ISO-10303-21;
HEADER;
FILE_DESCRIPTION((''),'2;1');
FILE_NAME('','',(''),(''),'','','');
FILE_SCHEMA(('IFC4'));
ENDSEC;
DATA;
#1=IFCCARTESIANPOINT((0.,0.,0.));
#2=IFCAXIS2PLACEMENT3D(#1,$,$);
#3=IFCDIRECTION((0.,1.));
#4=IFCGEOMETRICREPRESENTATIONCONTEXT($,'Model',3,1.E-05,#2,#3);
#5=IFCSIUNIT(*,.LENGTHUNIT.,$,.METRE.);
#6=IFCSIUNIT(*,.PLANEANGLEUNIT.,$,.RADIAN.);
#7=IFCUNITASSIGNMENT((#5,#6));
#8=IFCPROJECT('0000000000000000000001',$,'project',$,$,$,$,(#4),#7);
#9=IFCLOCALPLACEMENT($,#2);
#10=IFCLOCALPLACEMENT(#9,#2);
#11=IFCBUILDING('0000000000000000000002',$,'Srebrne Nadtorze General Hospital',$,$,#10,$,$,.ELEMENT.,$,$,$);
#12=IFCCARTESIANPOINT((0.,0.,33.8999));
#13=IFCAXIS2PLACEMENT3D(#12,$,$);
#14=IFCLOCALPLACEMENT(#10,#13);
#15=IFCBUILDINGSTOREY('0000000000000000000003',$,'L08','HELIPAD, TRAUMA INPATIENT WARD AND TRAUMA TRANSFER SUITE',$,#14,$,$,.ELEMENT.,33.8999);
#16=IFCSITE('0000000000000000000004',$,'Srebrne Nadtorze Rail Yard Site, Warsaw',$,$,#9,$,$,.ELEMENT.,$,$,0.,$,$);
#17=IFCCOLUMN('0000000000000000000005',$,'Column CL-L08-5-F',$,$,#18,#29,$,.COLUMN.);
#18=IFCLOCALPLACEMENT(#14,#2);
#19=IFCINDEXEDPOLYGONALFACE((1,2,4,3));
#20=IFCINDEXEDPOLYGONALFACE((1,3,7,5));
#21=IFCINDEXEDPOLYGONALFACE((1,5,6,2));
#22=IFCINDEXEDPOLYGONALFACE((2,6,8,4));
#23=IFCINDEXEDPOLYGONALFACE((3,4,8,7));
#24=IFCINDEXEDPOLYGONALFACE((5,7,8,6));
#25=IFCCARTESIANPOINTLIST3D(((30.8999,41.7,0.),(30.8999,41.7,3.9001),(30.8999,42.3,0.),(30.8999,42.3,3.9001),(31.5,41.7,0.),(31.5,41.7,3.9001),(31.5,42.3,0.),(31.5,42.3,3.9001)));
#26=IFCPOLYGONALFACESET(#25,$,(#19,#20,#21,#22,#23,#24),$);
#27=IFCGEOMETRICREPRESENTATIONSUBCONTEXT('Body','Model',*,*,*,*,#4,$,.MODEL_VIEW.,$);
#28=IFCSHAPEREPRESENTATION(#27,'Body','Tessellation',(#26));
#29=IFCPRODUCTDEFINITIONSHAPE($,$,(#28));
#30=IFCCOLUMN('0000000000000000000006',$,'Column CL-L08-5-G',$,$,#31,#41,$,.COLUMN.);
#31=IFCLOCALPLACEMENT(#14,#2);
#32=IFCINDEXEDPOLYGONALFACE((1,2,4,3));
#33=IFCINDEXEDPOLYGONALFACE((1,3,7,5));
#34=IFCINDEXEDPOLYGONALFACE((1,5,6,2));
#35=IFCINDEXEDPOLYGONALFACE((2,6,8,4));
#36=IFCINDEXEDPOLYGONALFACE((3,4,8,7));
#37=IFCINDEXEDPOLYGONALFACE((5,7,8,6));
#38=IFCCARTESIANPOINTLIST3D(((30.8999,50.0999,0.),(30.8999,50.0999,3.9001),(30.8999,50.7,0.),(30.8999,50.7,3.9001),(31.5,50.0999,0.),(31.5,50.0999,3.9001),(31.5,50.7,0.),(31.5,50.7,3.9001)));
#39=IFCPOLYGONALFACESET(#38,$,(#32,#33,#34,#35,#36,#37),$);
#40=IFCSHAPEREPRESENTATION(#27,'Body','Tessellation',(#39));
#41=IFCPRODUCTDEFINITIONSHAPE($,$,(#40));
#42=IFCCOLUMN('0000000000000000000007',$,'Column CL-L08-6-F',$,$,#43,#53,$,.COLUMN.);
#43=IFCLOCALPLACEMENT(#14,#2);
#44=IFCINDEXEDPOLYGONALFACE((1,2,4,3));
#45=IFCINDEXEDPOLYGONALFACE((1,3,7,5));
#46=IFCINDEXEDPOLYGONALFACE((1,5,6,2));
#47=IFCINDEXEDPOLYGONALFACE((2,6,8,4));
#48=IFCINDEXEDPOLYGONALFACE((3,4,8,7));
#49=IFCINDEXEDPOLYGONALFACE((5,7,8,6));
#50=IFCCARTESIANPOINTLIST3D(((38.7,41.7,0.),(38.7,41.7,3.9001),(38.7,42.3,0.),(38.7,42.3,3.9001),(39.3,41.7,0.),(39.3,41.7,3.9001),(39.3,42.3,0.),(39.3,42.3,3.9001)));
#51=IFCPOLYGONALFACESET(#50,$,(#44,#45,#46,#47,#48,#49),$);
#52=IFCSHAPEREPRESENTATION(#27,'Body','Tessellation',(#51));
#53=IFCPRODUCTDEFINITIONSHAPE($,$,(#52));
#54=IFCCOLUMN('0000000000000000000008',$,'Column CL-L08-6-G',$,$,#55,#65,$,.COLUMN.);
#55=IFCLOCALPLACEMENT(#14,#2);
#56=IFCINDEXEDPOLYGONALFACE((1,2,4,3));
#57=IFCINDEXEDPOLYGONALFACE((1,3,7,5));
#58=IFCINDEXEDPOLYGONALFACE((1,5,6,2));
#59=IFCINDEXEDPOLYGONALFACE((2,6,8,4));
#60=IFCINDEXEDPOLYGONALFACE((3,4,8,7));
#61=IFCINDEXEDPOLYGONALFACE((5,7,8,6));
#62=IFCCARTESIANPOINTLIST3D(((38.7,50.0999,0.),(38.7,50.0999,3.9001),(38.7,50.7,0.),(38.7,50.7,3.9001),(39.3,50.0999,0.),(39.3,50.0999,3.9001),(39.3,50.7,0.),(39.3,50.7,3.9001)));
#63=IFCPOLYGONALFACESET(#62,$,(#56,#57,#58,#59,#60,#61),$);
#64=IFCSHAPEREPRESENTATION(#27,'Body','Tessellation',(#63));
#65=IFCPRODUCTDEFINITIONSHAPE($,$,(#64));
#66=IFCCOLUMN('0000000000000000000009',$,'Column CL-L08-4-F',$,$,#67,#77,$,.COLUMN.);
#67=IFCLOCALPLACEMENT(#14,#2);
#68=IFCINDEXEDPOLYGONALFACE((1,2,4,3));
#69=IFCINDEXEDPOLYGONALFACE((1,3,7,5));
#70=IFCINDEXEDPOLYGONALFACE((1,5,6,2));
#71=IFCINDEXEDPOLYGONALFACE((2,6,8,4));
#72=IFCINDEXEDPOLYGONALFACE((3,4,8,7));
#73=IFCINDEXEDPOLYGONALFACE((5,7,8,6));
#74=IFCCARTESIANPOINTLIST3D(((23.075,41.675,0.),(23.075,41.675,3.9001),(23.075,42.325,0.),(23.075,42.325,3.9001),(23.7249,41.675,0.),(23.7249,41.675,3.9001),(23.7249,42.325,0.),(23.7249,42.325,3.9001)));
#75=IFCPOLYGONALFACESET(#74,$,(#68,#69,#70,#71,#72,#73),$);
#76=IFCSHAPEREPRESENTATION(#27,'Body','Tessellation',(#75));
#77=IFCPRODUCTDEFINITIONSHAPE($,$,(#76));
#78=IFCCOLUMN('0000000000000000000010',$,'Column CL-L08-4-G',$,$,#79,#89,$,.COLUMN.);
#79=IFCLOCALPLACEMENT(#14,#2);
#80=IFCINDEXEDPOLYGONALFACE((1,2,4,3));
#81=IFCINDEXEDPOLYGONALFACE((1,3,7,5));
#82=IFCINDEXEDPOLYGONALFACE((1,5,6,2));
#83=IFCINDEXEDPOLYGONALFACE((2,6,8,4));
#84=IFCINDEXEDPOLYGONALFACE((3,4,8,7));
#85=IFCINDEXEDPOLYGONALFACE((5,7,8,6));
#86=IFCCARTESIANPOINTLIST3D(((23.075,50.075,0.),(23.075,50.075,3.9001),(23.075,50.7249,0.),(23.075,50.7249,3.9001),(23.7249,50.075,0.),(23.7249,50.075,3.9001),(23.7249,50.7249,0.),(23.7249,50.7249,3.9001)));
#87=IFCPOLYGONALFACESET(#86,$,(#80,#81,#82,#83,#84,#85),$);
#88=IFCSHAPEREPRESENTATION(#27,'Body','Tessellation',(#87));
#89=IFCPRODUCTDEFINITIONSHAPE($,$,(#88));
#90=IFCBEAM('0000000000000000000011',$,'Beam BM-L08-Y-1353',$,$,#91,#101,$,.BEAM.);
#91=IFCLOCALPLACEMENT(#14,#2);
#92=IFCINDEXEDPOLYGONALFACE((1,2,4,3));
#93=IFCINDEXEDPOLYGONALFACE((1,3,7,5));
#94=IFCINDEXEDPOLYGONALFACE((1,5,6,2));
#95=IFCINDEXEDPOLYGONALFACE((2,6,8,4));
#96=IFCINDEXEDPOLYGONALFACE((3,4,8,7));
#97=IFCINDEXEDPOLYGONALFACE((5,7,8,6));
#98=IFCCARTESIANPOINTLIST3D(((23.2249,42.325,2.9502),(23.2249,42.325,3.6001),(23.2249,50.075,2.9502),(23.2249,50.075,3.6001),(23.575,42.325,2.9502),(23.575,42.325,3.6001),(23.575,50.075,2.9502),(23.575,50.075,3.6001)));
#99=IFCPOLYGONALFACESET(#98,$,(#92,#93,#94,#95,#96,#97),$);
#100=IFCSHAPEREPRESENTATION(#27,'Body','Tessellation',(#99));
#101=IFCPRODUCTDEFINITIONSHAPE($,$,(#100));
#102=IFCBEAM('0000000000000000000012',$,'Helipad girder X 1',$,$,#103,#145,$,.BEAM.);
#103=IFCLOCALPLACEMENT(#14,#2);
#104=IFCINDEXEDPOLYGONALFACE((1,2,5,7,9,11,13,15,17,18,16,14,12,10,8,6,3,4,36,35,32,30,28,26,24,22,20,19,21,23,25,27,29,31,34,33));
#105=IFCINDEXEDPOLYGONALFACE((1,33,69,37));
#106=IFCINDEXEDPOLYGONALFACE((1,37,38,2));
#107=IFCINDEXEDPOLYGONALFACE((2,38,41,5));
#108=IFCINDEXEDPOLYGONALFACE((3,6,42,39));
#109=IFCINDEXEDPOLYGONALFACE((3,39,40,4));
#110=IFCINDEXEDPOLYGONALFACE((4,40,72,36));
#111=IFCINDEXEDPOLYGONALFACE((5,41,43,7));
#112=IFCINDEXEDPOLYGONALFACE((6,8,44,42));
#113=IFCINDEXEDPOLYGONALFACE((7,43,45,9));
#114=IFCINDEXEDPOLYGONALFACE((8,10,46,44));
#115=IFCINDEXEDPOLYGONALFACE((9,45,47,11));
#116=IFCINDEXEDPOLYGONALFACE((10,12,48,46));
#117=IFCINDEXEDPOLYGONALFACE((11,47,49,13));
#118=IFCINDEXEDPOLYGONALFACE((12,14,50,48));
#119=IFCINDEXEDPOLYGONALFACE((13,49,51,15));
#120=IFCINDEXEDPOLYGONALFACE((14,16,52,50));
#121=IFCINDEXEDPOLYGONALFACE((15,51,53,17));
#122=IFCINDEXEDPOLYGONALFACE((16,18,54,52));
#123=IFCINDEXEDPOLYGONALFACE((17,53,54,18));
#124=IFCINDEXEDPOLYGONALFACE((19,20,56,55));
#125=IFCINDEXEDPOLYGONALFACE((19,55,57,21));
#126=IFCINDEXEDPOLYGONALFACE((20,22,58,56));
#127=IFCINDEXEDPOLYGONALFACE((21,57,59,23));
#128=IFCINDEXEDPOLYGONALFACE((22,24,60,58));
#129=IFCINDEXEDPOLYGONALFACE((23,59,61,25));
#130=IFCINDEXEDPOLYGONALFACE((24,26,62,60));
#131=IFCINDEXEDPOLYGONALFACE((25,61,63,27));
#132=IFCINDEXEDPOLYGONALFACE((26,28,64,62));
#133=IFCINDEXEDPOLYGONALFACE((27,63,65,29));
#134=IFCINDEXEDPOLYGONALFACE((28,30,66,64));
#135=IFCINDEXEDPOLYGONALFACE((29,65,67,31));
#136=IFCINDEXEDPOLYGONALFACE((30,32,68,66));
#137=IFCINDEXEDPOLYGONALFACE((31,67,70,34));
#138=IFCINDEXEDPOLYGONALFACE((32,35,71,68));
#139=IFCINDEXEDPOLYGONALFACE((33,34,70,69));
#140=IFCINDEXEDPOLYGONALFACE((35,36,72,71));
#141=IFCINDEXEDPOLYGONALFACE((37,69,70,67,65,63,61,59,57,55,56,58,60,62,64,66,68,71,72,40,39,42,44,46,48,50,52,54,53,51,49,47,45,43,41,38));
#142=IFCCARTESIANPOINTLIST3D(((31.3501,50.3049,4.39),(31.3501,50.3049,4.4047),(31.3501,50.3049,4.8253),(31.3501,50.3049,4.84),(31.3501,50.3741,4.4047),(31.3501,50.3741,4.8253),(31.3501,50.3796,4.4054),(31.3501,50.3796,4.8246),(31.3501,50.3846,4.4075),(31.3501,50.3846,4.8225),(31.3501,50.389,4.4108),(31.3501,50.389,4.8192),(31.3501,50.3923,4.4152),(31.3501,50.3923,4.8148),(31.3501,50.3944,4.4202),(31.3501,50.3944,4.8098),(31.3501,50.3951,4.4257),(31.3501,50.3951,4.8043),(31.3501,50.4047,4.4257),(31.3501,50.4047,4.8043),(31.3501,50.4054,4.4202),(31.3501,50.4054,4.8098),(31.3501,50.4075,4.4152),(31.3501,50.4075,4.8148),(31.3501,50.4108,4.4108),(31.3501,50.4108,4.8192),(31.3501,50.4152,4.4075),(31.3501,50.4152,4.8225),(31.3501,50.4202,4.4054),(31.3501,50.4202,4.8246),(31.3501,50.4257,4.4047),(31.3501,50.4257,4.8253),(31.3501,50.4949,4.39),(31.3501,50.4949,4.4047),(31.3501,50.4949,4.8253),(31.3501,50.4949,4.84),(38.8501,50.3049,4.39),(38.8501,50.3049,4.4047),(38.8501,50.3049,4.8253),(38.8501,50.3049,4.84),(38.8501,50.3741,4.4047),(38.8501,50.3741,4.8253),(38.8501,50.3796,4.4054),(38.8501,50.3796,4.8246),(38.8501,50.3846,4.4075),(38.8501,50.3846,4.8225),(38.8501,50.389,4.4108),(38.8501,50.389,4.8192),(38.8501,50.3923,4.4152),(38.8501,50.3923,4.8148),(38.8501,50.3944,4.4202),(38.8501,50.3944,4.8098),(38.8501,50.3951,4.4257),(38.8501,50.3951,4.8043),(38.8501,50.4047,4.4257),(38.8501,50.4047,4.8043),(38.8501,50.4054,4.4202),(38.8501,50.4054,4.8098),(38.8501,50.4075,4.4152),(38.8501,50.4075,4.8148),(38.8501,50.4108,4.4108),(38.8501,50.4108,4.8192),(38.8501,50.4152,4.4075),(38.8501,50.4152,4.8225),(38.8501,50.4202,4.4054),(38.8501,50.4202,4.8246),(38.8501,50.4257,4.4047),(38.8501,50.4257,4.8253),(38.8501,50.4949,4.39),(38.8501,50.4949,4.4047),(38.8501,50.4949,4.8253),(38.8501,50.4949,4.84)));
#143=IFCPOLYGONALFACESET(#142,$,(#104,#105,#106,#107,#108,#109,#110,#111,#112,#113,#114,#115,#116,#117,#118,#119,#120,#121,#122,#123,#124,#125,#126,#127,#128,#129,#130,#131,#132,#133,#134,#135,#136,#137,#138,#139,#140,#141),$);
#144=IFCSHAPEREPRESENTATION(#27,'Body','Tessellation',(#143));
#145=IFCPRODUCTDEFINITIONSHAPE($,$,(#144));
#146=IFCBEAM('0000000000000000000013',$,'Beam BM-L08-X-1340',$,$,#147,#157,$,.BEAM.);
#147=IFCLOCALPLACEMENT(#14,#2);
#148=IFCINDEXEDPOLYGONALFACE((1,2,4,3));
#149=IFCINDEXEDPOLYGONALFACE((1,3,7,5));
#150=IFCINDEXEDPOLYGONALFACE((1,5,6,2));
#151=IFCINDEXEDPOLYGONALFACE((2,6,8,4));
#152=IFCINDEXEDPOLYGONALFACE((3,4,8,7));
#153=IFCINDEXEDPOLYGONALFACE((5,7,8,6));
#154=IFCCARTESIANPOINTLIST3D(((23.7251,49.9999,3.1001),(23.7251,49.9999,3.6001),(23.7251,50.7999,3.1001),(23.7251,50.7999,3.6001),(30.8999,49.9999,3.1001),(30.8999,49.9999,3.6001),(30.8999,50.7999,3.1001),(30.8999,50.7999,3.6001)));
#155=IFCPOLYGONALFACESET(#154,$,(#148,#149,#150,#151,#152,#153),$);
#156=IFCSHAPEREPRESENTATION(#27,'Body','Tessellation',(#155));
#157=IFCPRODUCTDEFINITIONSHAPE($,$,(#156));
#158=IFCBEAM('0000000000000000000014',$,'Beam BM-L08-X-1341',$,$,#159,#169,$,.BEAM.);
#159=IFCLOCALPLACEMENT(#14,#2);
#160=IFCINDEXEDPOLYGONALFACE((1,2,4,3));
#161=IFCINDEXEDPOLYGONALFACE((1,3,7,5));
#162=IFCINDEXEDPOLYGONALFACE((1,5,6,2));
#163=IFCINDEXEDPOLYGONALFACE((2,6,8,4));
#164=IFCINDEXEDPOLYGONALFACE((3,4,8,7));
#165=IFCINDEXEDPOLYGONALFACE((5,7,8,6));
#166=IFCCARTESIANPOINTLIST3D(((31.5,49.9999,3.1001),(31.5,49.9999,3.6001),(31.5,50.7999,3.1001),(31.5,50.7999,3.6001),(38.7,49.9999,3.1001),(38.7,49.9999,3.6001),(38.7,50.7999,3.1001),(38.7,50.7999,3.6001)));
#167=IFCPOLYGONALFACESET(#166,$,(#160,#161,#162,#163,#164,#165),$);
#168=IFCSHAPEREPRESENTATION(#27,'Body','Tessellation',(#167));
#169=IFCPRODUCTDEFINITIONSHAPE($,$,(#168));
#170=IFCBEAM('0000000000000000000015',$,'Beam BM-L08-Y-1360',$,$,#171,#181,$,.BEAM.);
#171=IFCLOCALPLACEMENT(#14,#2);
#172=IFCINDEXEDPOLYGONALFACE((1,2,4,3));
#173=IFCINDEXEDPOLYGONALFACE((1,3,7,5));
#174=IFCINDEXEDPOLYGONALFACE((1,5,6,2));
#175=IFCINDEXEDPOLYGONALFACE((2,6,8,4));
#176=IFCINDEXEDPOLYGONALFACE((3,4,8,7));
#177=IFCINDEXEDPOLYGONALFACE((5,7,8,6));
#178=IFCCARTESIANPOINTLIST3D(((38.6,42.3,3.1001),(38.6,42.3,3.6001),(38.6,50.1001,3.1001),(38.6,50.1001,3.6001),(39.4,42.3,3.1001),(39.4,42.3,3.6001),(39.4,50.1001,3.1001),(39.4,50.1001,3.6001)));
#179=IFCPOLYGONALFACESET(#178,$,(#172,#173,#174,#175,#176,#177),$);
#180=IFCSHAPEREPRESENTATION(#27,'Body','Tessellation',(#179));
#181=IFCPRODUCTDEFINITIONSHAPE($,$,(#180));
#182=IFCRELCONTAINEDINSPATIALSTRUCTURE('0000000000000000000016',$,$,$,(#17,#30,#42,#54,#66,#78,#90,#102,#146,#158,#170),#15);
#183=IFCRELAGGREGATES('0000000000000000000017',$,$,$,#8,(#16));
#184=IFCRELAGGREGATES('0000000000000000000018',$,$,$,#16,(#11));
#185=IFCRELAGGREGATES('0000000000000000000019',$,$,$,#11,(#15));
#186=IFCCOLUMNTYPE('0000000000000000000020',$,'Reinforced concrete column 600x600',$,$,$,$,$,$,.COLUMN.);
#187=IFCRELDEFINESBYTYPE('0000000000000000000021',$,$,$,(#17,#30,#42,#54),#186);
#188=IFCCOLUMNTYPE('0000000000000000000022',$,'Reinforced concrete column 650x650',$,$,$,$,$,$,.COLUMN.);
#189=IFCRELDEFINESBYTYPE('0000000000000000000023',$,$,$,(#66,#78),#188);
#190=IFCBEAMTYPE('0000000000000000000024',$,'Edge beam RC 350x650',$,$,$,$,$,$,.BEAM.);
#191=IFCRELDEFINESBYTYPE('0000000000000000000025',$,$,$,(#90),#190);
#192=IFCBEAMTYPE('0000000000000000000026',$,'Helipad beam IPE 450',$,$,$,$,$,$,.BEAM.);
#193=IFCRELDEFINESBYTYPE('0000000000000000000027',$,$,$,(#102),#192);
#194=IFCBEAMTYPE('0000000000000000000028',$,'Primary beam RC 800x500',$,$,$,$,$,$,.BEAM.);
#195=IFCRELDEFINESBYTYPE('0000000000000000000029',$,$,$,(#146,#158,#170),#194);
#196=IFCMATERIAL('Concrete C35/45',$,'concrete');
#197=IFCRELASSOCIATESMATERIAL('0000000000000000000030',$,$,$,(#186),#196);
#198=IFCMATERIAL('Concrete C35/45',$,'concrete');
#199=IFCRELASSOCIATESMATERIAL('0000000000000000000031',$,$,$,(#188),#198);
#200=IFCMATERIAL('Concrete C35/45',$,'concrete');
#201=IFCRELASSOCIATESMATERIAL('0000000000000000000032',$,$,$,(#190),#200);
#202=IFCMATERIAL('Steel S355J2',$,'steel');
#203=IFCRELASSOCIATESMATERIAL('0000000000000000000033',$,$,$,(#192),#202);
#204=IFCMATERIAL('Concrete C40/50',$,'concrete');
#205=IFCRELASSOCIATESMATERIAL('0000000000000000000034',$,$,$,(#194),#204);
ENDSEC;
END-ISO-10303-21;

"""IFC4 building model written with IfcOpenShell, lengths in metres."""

from ifc_helpers import new_model, si_unit, direction, frame, origin, origin_2d, place, context, subcontext, project, spatial, rectangle, i_section, extrude, material, material_profile, profile_set, type_object, element, save


model = new_model("IFC4")

# Units and contexts
model_context = context("Model", 3, precision=1e-05, world=origin(), true_north=direction((0.0, 1.0)))
body_context = subcontext(model_context, "Body", "Model", "MODEL_VIEW")
ifc_project = project(units=[si_unit("LENGTHUNIT", "METRE"), si_unit("PLANEANGLEUNIT", "RADIAN")], contexts=[model_context])

# Site, building, storey
site_placement = place(None, origin())
site = spatial("IfcSite", under=ifc_project, at=site_placement, Name="Srebrne Nadtorze Rail Yard Site, Warsaw", CompositionType="ELEMENT", RefElevation=0.0)
building_placement = place(site_placement, origin())
building = spatial("IfcBuilding", under=site, at=building_placement, Name="Srebrne Nadtorze General Hospital", CompositionType="ELEMENT")
storey_placement = place(building_placement, frame((0.0, 0.0, 33.8999)))
storey = spatial("IfcBuildingStorey", under=building, at=storey_placement, Name="L08", Description="HELIPAD, TRAUMA INPATIENT WARD AND TRAUMA TRANSFER SUITE", CompositionType="ELEMENT", Elevation=33.8999)

# Columns
ifc_material_1 = material(Name="Concrete C35/45", Category="concrete")
ifc_material_profile_1 = material_profile(ifc_material_1, rectangle(XDim=0.6001, YDim=0.6001, at=origin_2d()), Name="RC-COL-600x600")
ifc_profile_set_1 = profile_set([ifc_material_profile_1], Name="Concrete C35/45")
column_type_1 = type_object("IfcColumnType", Name="Reinforced concrete column 600x600", PredefinedType="COLUMN", material=ifc_profile_set_1)
for number, where, z_axis, x_axis, name in (
    (1, (31.2, 42.0, 0.0), (0.0, 0.0, 1.0), (1.0, 0.0, 0.0), "Column CL-L08-5-F"),
    (2, (31.2, 50.3999, 0.0), (0.0, 0.0, 1.0), (1.0, 0.0, 0.0), "Column CL-L08-5-G"),
    (3, (39.0, 42.0, 0.0), (0.0, 0.0, 1.0), (1.0, 0.0, 0.0), "Column CL-L08-6-F"),
    (4, (39.0, 50.3999, 0.0), (0.0, 0.0, 1.0), (1.0, 0.0, 0.0), "Column CL-L08-6-G"),
):
    element("IfcColumn", number, at=place(storey_placement, frame(where, z_axis=z_axis, x_axis=x_axis)), inside=storey, type_object=column_type_1, Name=name, PredefinedType="COLUMN", context=body_context, shape_type="SweptSolid", body=[
        extrude(rectangle(XDim=0.6001, YDim=0.6001, at=origin_2d()), origin(), (0.0, 0.0, 1.0), 3.9001),
    ])
ifc_material_2 = material(Name="Concrete C35/45", Category="concrete")
ifc_material_profile_2 = material_profile(ifc_material_2, rectangle(XDim=0.6499, YDim=0.6499, at=origin_2d()), Name="RC-COL-650x650")
ifc_profile_set_2 = profile_set([ifc_material_profile_2], Name="Concrete C35/45")
column_type_2 = type_object("IfcColumnType", Name="Reinforced concrete column 650x650", PredefinedType="COLUMN", material=ifc_profile_set_2)
for number, where, z_axis, x_axis, name in (
    (5, (23.3999, 42.0, 0.0), (0.0, 0.0, 1.0), (1.0, 0.0, 0.0), "Column CL-L08-4-F"),
    (6, (23.3999, 50.3999, 0.0), (0.0, 0.0, 1.0), (1.0, 0.0, 0.0), "Column CL-L08-4-G"),
):
    element("IfcColumn", number, at=place(storey_placement, frame(where, z_axis=z_axis, x_axis=x_axis)), inside=storey, type_object=column_type_2, Name=name, PredefinedType="COLUMN", context=body_context, shape_type="SweptSolid", body=[
        extrude(rectangle(XDim=0.6499, YDim=0.6499, at=origin_2d()), origin(), (0.0, 0.0, 1.0), 3.9001),
    ])

# Beams
ifc_material_3 = material(Name="Concrete C35/45", Category="concrete")
ifc_material_profile_3 = material_profile(ifc_material_3, rectangle(XDim=0.3501, YDim=0.6499, at=origin_2d()), Name="RC-BM-350x650")
ifc_profile_set_3 = profile_set([ifc_material_profile_3], Name="Concrete C35/45")
beam_type_1 = type_object("IfcBeamType", Name="Edge beam RC 350x650", PredefinedType="BEAM", material=ifc_profile_set_3)
beam_1_placement = place(storey_placement, frame((23.3999, 42.325, 3.2751), z_axis=(0.0, 1.0, 0.0), x_axis=(-1.0, 0.0, 0.0)))
element("IfcBeam", 7, at=beam_1_placement, inside=storey, type_object=beam_type_1, Name="Beam BM-L08-Y-1353", PredefinedType="BEAM", context=body_context, shape_type="SweptSolid", body=[
    extrude(rectangle(XDim=0.3501, YDim=0.6499, at=origin_2d()), origin(), (0.0, 0.0, 1.0), 7.75),
])
ifc_material_4 = material(Name="Steel S355J2", Category="steel")
ifc_material_profile_4 = material_profile(ifc_material_4, i_section(OverallWidth=0.1899, OverallDepth=0.45, WebThickness=0.0095, FlangeThickness=0.0146, FilletRadius=0.021, at=origin_2d()), Name="IPE-450")
ifc_profile_set_4 = profile_set([ifc_material_profile_4], Name="Steel S355J2")
beam_type_2 = type_object("IfcBeamType", Name="Helipad beam IPE 450", PredefinedType="BEAM", material=ifc_profile_set_4)
beam_2_placement = place(storey_placement, frame((31.3501, 50.3999, 4.615), z_axis=(1.0, 0.0, 0.0), x_axis=(0.0, 1.0, 0.0)))
element("IfcBeam", 8, at=beam_2_placement, inside=storey, type_object=beam_type_2, Name="Helipad girder X 1", PredefinedType="BEAM", context=body_context, shape_type="SweptSolid", body=[
    extrude(i_section(OverallWidth=0.1899, OverallDepth=0.45, WebThickness=0.0095, FlangeThickness=0.0146, FilletRadius=0.021, at=origin_2d()), origin(), (0.0, 0.0, 1.0), 7.5),
])
ifc_material_5 = material(Name="Concrete C40/50", Category="concrete")
ifc_material_profile_5 = material_profile(ifc_material_5, rectangle(XDim=0.8, YDim=0.5, at=origin_2d()), Name="RC-BM-800x500")
ifc_profile_set_5 = profile_set([ifc_material_profile_5], Name="Concrete C40/50")
beam_type_3 = type_object("IfcBeamType", Name="Primary beam RC 800x500", PredefinedType="BEAM", material=ifc_profile_set_5)
beam_3_placement = place(storey_placement, frame((23.7251, 50.3999, 3.3501), z_axis=(1.0, 0.0, 0.0), x_axis=(0.0, 1.0, 0.0)))
element("IfcBeam", 9, at=beam_3_placement, inside=storey, type_object=beam_type_3, Name="Beam BM-L08-X-1340", PredefinedType="BEAM", context=body_context, shape_type="SweptSolid", body=[
    extrude(rectangle(XDim=0.8, YDim=0.5, at=origin_2d()), origin(), (0.0, 0.0, 1.0), 7.1748),
])
beam_4_placement = place(storey_placement, frame((31.5, 50.3999, 3.3501), z_axis=(1.0, 0.0, 0.0), x_axis=(0.0, 1.0, 0.0)))
element("IfcBeam", 10, at=beam_4_placement, inside=storey, type_object=beam_type_3, Name="Beam BM-L08-X-1341", PredefinedType="BEAM", context=body_context, shape_type="SweptSolid", body=[
    extrude(rectangle(XDim=0.8, YDim=0.5, at=origin_2d()), origin(), (0.0, 0.0, 1.0), 7.2),
])
beam_5_placement = place(storey_placement, frame((39.0, 42.3, 3.3501), z_axis=(0.0, 1.0, 0.0), x_axis=(-1.0, 0.0, 0.0)))
element("IfcBeam", 11, at=beam_5_placement, inside=storey, type_object=beam_type_3, Name="Beam BM-L08-Y-1360", PredefinedType="BEAM", context=body_context, shape_type="SweptSolid", body=[
    extrude(rectangle(XDim=0.8, YDim=0.5, at=origin_2d()), origin(), (0.0, 0.0, 1.0), 7.8),
])

save(model, "model.ifc")
